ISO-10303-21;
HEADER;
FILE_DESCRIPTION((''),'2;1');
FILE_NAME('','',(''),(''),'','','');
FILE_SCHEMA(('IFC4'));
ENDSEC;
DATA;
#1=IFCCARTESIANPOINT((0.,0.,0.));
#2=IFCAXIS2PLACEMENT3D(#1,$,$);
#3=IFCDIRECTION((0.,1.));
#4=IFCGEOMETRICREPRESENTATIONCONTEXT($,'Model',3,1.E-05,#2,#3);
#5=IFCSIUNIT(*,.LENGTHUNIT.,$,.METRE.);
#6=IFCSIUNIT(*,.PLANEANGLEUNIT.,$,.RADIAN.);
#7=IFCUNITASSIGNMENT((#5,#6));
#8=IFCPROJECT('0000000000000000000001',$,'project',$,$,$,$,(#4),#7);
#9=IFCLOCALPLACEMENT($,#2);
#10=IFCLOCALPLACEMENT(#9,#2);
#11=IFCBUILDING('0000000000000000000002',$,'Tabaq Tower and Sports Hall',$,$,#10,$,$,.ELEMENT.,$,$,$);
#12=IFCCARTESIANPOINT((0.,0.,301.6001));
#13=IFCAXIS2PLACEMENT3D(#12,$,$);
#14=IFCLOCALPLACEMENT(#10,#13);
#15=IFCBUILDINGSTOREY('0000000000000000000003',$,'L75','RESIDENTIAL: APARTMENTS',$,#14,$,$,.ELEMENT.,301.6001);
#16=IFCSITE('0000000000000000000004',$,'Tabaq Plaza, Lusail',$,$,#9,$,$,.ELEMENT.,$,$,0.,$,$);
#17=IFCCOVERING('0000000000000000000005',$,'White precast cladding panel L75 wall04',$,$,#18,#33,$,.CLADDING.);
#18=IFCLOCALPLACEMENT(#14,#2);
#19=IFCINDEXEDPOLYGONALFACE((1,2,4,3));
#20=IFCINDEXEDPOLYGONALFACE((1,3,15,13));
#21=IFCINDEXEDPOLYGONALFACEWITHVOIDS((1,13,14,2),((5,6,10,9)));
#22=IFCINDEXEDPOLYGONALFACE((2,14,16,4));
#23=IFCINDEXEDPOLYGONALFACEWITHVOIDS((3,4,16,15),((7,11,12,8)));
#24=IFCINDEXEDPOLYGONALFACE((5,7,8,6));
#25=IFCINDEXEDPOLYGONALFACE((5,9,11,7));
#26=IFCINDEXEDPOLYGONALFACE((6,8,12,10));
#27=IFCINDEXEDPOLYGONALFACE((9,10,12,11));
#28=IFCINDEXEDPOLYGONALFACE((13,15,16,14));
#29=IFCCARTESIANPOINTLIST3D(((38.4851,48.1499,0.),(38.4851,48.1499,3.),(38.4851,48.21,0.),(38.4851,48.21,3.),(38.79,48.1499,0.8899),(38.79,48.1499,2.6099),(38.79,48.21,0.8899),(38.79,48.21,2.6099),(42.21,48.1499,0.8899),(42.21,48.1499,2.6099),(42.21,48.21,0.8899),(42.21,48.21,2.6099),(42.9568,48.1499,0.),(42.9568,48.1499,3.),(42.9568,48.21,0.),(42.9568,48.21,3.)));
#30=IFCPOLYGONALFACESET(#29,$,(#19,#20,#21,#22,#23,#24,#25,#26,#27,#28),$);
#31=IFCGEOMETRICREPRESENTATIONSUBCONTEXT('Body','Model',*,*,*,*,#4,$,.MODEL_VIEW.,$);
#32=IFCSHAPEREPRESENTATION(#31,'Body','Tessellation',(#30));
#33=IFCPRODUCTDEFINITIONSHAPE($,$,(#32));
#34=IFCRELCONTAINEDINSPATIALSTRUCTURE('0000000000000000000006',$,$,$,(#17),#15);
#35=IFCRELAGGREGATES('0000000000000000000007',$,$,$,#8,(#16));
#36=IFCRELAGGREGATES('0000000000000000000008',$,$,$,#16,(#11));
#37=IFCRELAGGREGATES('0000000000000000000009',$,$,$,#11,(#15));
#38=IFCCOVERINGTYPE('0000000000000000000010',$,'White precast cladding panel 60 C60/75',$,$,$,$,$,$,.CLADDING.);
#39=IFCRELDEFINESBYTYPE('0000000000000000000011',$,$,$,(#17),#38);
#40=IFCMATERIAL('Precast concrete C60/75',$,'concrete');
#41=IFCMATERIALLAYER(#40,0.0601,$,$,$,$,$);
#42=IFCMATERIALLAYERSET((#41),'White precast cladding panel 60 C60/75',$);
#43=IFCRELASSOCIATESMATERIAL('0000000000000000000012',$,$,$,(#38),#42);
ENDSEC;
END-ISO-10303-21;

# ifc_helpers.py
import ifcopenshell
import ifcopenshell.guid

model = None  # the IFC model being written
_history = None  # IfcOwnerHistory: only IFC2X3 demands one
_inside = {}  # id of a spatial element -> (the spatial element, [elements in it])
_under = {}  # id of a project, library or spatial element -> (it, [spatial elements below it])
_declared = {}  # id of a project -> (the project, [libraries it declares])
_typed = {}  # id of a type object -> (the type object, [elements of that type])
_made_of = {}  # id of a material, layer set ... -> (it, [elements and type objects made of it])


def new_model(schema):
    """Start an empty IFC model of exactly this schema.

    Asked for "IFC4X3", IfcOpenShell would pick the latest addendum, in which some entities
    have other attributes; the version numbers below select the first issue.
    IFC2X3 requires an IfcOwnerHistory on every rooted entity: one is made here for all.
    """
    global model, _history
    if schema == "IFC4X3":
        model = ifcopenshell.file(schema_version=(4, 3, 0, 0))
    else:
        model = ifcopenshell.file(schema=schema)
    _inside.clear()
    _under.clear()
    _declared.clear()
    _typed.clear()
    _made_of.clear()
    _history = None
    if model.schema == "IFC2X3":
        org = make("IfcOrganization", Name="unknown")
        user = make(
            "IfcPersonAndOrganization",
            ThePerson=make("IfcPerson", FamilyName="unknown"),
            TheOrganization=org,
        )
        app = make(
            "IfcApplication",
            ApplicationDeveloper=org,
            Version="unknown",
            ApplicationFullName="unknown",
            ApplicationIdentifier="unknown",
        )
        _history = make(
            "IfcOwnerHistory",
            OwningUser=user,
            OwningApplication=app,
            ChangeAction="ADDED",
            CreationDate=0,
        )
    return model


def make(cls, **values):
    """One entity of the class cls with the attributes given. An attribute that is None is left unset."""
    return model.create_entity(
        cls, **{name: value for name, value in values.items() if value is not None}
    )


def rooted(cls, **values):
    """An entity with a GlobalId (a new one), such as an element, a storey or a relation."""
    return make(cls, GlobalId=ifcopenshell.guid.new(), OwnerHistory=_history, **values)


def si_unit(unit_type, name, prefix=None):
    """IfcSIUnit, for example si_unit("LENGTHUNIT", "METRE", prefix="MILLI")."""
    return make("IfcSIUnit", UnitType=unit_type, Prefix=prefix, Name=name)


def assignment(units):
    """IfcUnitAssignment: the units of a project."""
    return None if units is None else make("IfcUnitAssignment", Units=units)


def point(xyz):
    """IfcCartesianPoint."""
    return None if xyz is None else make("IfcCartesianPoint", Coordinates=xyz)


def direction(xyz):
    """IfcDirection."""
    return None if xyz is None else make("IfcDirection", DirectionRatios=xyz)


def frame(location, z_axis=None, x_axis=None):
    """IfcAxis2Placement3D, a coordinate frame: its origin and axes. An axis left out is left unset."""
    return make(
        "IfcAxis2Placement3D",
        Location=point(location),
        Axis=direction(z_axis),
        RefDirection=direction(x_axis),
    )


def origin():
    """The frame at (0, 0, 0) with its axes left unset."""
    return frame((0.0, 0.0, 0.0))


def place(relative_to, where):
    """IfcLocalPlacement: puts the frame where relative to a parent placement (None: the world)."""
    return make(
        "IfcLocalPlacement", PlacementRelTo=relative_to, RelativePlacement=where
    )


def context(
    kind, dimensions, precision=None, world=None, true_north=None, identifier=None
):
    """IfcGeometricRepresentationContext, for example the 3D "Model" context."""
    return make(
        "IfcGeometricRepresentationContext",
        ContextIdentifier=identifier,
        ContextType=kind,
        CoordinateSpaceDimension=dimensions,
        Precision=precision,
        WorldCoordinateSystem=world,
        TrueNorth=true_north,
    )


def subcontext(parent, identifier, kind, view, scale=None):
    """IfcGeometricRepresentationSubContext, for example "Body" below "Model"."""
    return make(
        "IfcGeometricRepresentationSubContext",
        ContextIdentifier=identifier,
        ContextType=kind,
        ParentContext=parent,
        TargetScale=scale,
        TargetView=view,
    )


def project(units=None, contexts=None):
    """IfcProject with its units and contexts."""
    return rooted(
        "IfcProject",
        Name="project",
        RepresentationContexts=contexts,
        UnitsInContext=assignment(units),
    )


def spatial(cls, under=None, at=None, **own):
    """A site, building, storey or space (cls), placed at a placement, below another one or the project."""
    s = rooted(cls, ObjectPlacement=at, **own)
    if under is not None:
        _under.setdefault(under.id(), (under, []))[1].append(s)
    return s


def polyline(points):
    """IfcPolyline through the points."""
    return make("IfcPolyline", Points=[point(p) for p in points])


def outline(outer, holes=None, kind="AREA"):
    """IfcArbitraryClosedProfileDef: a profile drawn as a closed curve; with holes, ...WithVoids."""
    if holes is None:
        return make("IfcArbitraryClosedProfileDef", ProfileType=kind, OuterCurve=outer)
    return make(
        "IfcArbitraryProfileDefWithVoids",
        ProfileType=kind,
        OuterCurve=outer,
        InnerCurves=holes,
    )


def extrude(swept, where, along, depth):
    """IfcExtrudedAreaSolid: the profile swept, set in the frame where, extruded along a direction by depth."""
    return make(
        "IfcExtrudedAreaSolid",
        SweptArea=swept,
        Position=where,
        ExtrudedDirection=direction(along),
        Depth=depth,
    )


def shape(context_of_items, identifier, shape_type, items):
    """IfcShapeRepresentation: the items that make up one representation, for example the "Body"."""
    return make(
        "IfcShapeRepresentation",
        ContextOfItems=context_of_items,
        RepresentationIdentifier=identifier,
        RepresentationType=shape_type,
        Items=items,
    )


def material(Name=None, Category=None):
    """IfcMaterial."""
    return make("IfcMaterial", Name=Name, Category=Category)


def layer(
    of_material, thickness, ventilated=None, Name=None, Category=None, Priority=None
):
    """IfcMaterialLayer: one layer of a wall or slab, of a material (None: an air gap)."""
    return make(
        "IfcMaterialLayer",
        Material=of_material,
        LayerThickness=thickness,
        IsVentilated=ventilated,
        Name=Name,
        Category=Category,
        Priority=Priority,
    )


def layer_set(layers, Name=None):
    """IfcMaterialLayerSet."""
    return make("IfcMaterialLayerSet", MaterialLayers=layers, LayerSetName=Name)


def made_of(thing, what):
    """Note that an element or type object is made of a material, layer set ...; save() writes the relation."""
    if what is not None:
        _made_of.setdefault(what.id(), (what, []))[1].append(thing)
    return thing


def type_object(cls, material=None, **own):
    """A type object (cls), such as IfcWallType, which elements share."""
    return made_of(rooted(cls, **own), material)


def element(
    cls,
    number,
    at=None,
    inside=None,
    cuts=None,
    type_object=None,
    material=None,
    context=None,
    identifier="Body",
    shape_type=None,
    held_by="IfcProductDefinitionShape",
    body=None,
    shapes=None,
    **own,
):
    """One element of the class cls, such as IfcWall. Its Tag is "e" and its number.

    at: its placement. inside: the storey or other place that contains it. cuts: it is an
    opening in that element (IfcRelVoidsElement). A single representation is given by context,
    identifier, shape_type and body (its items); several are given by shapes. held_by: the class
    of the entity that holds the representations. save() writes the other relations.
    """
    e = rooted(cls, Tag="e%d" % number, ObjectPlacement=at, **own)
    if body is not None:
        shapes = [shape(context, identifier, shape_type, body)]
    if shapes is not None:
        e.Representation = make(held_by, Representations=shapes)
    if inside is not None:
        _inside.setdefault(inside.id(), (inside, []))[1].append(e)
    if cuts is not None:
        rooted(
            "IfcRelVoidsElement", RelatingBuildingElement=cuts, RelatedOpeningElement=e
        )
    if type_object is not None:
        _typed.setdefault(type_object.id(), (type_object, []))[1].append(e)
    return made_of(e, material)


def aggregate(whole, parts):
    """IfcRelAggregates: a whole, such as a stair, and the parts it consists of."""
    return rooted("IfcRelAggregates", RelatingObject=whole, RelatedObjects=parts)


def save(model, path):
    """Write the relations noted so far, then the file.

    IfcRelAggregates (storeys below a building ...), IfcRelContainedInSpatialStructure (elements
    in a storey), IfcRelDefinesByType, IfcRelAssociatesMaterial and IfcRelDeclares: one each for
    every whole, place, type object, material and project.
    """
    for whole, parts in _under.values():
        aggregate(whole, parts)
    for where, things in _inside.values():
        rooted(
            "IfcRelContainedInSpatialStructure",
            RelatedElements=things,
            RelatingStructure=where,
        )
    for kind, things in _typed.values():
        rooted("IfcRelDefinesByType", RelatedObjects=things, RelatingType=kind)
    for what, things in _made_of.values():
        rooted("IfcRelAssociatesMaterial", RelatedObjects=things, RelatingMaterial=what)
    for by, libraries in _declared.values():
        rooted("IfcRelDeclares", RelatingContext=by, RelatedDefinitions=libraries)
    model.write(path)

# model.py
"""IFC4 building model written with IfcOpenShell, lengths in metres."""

from ifc_helpers import new_model, si_unit, direction, frame, origin, place, context, subcontext, project, spatial, polyline, outline, extrude, material, layer, layer_set, type_object, element, save


model = new_model("IFC4")

# Units and contexts
model_context = context("Model", 3, precision=1e-05, world=origin(), true_north=direction((0.0, 1.0)))
body_context = subcontext(model_context, "Body", "Model", "MODEL_VIEW")
ifc_project = project(units=[si_unit("LENGTHUNIT", "METRE"), si_unit("PLANEANGLEUNIT", "RADIAN")], contexts=[model_context])

# Site, building, storey
site_placement = place(None, origin())
site = spatial("IfcSite", under=ifc_project, at=site_placement, Name="Tabaq Plaza, Lusail", CompositionType="ELEMENT", RefElevation=0.0)
building_placement = place(site_placement, origin())
building = spatial("IfcBuilding", under=site, at=building_placement, Name="Tabaq Tower and Sports Hall", CompositionType="ELEMENT")
storey_placement = place(building_placement, frame((0.0, 0.0, 301.6001)))
storey = spatial("IfcBuildingStorey", under=building, at=storey_placement, Name="L75", Description="RESIDENTIAL: APARTMENTS", CompositionType="ELEMENT", Elevation=301.6001)

# Covering
ifc_material_1 = material(Name="Precast concrete C60/75", Category="concrete")
ifc_layer_1 = layer(ifc_material_1, 0.0601)
ifc_layer_set_1 = layer_set([ifc_layer_1], Name="White precast cladding panel 60 C60/75")
covering_type_1 = type_object("IfcCoveringType", Name="White precast cladding panel 60 C60/75", PredefinedType="CLADDING", material=ifc_layer_set_1)
covering_1_placement = place(storey_placement, frame((42.9568, 48.1799, 0.0), z_axis=(0.0, 0.0, 1.0), x_axis=(-1.0, 0.0, 0.0)))
element("IfcCovering", 1, at=covering_1_placement, inside=storey, type_object=covering_type_1, Name="White precast cladding panel L75 wall04", PredefinedType="CLADDING", context=body_context, shape_type="SweptSolid", body=[
    extrude(outline(polyline([(0.0, 0.0), (4.4717, 0.0), (4.4717, 3.0), (0.0, 3.0), (0.0, 0.0)]), holes=[polyline([(0.7468, 0.8899), (0.7468, 2.6099), (4.1667, 2.6099), (4.1667, 0.8899), (0.7468, 0.8899)])]), frame((0.0, 0.03, 0.0), z_axis=(0.0, -1.0, 0.0), x_axis=(1.0, 0.0, 0.0)), (0.0, 0.0, 1.0), 0.0601),
])

save(model, "model.ifc")
